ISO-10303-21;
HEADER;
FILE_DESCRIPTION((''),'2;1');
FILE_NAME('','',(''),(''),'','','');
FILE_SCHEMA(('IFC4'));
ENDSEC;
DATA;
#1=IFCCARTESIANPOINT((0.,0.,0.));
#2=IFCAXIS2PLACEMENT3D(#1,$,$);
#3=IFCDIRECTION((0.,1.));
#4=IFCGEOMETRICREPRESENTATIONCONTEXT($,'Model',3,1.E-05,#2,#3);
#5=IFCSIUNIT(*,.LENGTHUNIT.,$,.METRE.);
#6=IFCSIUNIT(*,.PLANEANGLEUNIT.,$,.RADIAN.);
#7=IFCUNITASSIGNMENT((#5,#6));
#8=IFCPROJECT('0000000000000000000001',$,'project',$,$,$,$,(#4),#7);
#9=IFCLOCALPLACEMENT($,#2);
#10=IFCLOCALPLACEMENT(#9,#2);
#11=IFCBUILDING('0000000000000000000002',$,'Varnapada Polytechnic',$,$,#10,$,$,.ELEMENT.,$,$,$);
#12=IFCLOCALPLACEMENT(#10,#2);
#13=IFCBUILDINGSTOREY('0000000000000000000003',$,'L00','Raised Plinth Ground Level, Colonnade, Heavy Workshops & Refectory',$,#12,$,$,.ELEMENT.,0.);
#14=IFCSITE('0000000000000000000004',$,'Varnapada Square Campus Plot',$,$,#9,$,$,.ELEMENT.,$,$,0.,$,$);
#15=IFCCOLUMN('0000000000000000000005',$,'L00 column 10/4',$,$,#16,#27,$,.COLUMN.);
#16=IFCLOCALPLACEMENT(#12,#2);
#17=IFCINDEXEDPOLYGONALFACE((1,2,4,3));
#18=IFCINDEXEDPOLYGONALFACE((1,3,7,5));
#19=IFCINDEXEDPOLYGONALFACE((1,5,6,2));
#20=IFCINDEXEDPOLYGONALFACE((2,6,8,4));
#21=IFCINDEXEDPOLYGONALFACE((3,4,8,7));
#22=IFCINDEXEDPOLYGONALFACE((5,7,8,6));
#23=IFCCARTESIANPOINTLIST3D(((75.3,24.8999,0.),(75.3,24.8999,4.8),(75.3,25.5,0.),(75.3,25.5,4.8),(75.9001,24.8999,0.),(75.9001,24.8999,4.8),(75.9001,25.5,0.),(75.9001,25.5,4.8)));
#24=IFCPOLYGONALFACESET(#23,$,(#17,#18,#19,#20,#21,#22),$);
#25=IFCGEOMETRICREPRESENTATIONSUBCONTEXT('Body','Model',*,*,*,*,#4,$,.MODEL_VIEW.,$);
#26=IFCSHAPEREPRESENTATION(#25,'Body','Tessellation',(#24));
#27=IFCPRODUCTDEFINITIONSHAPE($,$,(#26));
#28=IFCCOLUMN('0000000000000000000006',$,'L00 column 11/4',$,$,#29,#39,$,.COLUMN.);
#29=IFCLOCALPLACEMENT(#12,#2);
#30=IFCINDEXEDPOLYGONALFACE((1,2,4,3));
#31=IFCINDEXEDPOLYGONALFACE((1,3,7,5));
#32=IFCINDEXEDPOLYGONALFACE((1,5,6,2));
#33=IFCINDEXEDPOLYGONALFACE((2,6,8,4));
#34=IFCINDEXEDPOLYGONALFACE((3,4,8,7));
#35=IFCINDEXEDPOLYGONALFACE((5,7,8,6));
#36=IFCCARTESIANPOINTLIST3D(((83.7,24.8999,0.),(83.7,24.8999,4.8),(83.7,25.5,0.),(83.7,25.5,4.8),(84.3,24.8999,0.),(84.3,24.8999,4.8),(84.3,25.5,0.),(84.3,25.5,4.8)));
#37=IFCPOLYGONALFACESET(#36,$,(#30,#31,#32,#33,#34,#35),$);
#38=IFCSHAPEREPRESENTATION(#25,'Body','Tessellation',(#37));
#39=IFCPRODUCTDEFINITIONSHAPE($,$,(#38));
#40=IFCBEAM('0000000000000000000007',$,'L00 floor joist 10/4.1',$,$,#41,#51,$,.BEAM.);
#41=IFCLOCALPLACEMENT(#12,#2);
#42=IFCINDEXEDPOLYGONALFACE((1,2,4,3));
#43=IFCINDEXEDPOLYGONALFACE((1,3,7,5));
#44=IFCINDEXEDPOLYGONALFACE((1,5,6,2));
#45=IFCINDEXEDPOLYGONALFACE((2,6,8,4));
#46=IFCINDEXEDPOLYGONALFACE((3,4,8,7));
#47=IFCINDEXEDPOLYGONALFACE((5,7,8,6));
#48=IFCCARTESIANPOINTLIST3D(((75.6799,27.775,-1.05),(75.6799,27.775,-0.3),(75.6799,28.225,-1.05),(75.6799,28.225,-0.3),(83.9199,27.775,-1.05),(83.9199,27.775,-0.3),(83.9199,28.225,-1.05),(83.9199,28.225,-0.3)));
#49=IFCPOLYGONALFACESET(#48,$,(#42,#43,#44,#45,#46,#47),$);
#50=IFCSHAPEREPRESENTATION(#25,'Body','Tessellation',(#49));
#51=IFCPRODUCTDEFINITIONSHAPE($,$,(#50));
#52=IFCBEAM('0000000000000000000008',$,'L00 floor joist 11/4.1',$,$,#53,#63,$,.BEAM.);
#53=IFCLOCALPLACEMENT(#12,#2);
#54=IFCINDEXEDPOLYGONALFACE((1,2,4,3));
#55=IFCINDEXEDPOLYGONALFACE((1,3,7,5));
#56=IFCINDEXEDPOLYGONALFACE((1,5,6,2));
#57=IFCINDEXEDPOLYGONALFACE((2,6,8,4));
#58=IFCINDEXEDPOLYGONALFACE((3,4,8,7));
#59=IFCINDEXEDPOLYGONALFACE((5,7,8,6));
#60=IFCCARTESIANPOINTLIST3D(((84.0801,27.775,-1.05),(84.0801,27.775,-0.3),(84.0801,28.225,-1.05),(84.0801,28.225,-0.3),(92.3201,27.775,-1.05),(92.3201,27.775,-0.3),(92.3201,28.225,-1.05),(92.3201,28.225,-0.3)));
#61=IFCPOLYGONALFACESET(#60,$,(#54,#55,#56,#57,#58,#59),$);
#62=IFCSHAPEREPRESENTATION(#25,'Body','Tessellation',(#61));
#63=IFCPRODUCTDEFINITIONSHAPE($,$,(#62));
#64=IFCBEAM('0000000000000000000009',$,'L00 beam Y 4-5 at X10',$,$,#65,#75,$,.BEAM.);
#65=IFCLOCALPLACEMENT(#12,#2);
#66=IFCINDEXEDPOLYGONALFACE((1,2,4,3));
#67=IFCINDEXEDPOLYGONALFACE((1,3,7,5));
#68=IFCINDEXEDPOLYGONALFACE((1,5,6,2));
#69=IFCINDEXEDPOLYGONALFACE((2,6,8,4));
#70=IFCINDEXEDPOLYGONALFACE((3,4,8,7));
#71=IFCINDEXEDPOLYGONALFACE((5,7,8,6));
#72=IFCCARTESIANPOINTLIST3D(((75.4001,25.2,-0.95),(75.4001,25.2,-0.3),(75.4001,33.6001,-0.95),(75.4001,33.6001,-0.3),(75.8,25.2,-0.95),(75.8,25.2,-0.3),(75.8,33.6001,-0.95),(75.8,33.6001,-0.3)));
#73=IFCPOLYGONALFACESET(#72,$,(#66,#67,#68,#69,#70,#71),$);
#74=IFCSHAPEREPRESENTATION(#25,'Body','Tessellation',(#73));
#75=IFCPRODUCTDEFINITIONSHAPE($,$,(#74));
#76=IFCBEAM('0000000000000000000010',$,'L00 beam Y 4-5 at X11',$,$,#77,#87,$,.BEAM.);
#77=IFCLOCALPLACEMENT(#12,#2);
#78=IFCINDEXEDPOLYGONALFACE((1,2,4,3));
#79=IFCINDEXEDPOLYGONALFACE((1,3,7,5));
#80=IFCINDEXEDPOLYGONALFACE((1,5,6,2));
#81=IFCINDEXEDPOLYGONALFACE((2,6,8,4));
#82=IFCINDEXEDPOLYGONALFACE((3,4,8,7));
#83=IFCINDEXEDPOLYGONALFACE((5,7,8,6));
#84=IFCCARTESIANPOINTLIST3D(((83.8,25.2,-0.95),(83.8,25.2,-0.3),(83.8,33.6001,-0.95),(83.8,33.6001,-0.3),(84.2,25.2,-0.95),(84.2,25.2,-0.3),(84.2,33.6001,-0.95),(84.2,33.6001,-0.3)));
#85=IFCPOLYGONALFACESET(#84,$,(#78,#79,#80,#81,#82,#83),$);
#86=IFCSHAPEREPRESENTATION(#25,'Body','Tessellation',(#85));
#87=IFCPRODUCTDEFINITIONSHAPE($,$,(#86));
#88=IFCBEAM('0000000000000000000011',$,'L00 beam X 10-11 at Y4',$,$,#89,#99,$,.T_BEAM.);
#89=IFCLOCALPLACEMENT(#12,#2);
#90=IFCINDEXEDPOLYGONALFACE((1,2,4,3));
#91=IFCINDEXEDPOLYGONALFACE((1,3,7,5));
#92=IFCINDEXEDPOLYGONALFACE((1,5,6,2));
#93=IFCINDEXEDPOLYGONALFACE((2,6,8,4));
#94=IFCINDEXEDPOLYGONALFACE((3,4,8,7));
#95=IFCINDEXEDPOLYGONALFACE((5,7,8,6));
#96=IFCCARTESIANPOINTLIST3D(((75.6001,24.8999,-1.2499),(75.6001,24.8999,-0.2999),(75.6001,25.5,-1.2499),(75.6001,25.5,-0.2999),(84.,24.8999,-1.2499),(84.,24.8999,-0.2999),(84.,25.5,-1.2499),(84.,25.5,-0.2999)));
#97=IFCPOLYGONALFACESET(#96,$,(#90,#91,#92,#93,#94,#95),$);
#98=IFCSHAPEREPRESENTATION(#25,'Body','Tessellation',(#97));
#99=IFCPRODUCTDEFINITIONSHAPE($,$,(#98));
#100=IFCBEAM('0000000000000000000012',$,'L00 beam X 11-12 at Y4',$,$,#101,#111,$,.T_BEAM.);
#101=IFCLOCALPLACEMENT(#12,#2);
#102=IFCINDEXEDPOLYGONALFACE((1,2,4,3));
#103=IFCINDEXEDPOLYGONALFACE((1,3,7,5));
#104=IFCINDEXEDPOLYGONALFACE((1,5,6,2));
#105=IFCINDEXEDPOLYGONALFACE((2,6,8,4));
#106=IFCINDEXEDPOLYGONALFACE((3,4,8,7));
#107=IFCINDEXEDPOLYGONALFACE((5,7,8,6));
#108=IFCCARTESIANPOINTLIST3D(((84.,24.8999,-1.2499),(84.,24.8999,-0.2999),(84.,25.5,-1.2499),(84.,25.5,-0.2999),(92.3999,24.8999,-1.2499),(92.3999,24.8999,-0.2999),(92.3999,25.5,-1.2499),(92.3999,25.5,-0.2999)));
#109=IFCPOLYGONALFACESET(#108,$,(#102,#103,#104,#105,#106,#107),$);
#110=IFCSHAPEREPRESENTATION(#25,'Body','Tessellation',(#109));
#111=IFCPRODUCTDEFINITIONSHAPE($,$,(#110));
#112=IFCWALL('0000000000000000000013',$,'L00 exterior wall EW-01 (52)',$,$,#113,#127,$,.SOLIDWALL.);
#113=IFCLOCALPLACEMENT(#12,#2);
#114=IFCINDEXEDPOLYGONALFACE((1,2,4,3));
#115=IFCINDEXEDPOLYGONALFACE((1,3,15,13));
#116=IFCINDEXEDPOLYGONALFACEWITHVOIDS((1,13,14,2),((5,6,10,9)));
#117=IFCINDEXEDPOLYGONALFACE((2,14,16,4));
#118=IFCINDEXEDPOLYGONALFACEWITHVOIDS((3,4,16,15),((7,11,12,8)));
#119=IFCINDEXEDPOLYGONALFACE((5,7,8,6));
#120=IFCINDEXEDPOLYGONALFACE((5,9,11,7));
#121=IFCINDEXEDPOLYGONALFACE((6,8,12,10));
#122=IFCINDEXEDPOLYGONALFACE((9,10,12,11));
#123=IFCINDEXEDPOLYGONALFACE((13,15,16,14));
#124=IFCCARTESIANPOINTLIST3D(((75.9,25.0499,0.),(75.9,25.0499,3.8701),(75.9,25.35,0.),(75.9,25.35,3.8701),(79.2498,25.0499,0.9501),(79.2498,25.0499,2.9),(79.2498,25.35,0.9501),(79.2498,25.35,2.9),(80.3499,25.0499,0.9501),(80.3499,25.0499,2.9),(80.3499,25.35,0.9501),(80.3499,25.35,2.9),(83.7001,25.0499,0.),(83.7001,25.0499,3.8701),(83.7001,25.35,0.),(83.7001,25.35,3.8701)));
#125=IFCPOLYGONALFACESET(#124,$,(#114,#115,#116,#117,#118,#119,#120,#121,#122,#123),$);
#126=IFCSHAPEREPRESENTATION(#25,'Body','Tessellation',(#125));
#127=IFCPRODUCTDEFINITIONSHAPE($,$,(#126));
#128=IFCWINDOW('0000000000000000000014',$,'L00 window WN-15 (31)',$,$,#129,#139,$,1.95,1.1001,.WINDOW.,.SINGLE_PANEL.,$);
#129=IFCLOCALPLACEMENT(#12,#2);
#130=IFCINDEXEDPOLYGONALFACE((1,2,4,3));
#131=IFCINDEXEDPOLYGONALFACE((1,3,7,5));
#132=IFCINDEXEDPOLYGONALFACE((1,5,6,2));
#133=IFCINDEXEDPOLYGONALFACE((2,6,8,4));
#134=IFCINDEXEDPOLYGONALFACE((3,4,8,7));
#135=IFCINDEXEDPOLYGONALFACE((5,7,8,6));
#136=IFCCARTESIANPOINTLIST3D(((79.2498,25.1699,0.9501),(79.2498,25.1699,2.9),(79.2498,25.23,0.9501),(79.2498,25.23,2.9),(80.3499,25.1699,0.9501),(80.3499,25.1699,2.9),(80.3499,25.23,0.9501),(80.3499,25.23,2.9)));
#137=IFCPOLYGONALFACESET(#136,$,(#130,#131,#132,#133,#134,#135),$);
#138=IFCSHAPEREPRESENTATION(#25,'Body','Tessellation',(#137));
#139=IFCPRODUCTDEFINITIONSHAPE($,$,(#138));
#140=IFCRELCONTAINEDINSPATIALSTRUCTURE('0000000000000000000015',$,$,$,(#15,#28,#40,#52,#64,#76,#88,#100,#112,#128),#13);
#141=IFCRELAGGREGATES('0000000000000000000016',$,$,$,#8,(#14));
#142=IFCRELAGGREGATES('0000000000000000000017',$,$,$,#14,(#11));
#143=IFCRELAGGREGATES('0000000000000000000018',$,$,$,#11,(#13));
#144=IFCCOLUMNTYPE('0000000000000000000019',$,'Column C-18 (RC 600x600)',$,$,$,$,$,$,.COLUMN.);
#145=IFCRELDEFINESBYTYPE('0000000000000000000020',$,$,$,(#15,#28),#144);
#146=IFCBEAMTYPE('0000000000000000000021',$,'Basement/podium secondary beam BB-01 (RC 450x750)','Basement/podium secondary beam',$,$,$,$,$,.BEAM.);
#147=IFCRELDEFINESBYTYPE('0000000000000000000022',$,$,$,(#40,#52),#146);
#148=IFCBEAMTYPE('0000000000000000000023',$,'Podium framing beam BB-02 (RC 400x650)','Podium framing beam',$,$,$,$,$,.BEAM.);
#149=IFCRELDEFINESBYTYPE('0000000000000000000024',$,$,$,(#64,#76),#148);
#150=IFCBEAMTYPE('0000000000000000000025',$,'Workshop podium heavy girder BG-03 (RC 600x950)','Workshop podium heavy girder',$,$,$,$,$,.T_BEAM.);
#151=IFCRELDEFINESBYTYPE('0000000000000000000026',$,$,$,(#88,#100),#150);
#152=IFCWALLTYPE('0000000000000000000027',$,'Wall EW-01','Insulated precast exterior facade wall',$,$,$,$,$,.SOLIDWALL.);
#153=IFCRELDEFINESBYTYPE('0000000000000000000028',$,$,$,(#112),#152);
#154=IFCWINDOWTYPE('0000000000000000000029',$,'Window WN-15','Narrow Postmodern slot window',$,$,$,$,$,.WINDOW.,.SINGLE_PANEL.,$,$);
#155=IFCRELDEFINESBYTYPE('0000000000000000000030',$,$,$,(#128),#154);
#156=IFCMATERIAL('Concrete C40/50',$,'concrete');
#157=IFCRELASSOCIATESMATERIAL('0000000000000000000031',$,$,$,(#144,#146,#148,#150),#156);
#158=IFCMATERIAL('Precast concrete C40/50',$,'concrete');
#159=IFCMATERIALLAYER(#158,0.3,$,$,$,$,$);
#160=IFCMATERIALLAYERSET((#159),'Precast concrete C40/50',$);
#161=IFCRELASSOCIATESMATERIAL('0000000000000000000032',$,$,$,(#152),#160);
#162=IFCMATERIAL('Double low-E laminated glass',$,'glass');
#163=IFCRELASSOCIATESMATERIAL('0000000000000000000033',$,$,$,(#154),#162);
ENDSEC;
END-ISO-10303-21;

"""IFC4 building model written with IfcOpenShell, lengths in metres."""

from ifc_helpers import new_model, si_unit, direction, frame, frame_2d, origin, origin_2d, place, context, subcontext, project, spatial, rectangle, extrude, material, layer, layer_set, material_profile, profile_set, type_object, element, fill, save


model = new_model("IFC4")

# Units and contexts
model_context = context("Model", 3, precision=1e-05, world=origin(), true_north=direction((0.0, 1.0)))
body_context = subcontext(model_context, "Body", "Model", "MODEL_VIEW")
ifc_project = project(units=[si_unit("LENGTHUNIT", "METRE"), si_unit("PLANEANGLEUNIT", "RADIAN")], contexts=[model_context])

# Site, building, storey
site_placement = place(None, origin())
site = spatial("IfcSite", under=ifc_project, at=site_placement, Name="Varnapada Square Campus Plot", CompositionType="ELEMENT", RefElevation=0.0)
building_placement = place(site_placement, origin())
building = spatial("IfcBuilding", under=site, at=building_placement, Name="Varnapada Polytechnic", CompositionType="ELEMENT")
storey_placement = place(building_placement, origin())
storey = spatial("IfcBuildingStorey", under=building, at=storey_placement, Name="L00", Description="Raised Plinth Ground Level, Colonnade, Heavy Workshops & Refectory", CompositionType="ELEMENT", Elevation=0.0)

# Columns
ifc_material_1 = material(Name="Concrete C40/50", Category="concrete")
ifc_material_profile_1 = material_profile(ifc_material_1, rectangle(XDim=0.6001, YDim=0.6001, at=origin_2d()), Name="RC 600x600")
ifc_profile_set_1 = profile_set([ifc_material_profile_1], Name="Concrete C40/50")
column_type = type_object("IfcColumnType", Name="Column C-18 (RC 600x600)", PredefinedType="COLUMN", material=ifc_profile_set_1)
for number, where, z_axis, x_axis, name in (
    (1, (75.6001, 25.2, 0.0), (0.0, 0.0, 1.0), (1.0, 0.0, 0.0), "L00 column 10/4"),
    (2, (84.0, 25.2, 0.0), (0.0, 0.0, 1.0), (1.0, 0.0, 0.0), "L00 column 11/4"),
):
    element("IfcColumn", number, at=place(storey_placement, frame(where, z_axis=z_axis, x_axis=x_axis)), inside=storey, type_object=column_type, Name=name, PredefinedType="COLUMN", context=body_context, shape_type="SweptSolid", body=[
        extrude(rectangle(XDim=0.6001, YDim=0.6001, at=origin_2d()), origin(), (0.0, 0.0, 1.0), 4.8),
    ])

# Beams
ifc_material_profile_2 = material_profile(ifc_material_1, rectangle(XDim=0.45, YDim=0.75, at=origin_2d()), Name="RC 450x750")
ifc_profile_set_2 = profile_set([ifc_material_profile_2], Name="Concrete C40/50")
beam_type_1 = type_object("IfcBeamType", Name="Basement/podium secondary beam BB-01 (RC 450x750)", Description="Basement/podium secondary beam", PredefinedType="BEAM", material=ifc_profile_set_2)
for number, where, z_axis, x_axis, name in (
    (3, (75.6799, 28.0, -0.675), (1.0, 0.0, 0.0), (0.0, 1.0, 0.0), "L00 floor joist 10/4.1"),
    (4, (84.0801, 28.0, -0.675), (1.0, 0.0, 0.0), (0.0, 1.0, 0.0), "L00 floor joist 11/4.1"),
):
    element("IfcBeam", number, at=place(storey_placement, frame(where, z_axis=z_axis, x_axis=x_axis)), inside=storey, type_object=beam_type_1, Name=name, PredefinedType="BEAM", context=body_context, shape_type="SweptSolid", body=[
        extrude(rectangle(XDim=0.45, YDim=0.75, at=origin_2d()), origin(), (0.0, 0.0, 1.0), 8.24),
    ])
ifc_material_profile_3 = material_profile(ifc_material_1, rectangle(XDim=0.3999, YDim=0.6499, at=origin_2d()), Name="RC 400x650")
ifc_profile_set_3 = profile_set([ifc_material_profile_3], Name="Concrete C40/50")
beam_type_2 = type_object("IfcBeamType", Name="Podium framing beam BB-02 (RC 400x650)", Description="Podium framing beam", PredefinedType="BEAM", material=ifc_profile_set_3)
for number, where, z_axis, x_axis, name in (
    (5, (75.6001, 25.2, -0.625), (0.0, 1.0, 0.0), (-1.0, 0.0, 0.0), "L00 beam Y 4-5 at X10"),
    (6, (84.0, 25.2, -0.625), (0.0, 1.0, 0.0), (-1.0, 0.0, 0.0), "L00 beam Y 4-5 at X11"),
):
    element("IfcBeam", number, at=place(storey_placement, frame(where, z_axis=z_axis, x_axis=x_axis)), inside=storey, type_object=beam_type_2, Name=name, PredefinedType="BEAM", context=body_context, shape_type="SweptSolid", body=[
        extrude(rectangle(XDim=0.3999, YDim=0.6499, at=origin_2d()), origin(), (0.0, 0.0, 1.0), 8.4001),
    ])
ifc_material_profile_4 = material_profile(ifc_material_1, rectangle(XDim=0.6001, YDim=0.95, at=origin_2d()), Name="RC 600x950")
ifc_profile_set_4 = profile_set([ifc_material_profile_4], Name="Concrete C40/50")
beam_type_3 = type_object("IfcBeamType", Name="Workshop podium heavy girder BG-03 (RC 600x950)", Description="Workshop podium heavy girder", PredefinedType="T_BEAM", material=ifc_profile_set_4)
for number, where, z_axis, x_axis, name in (
    (7, (75.6001, 25.2, -0.7749), (1.0, 0.0, 0.0), (0.0, 1.0, 0.0), "L00 beam X 10-11 at Y4"),
    (8, (84.0, 25.2, -0.7749), (1.0, 0.0, 0.0), (0.0, 1.0, 0.0), "L00 beam X 11-12 at Y4"),
):
    element("IfcBeam", number, at=place(storey_placement, frame(where, z_axis=z_axis, x_axis=x_axis)), inside=storey, type_object=beam_type_3, Name=name, PredefinedType="T_BEAM", context=body_context, shape_type="SweptSolid", body=[
        extrude(rectangle(XDim=0.6001, YDim=0.95, at=origin_2d()), origin(), (0.0, 0.0, 1.0), 8.3999),
    ])

# Wall, opening, window
ifc_material_2 = material(Name="Precast concrete C40/50", Category="concrete")
ifc_layer_1 = layer(ifc_material_2, 0.3)
ifc_layer_set_1 = layer_set([ifc_layer_1], Name="Precast concrete C40/50")
wall_type = type_object("IfcWallType", Name="Wall EW-01", Description="Insulated precast exterior facade wall", PredefinedType="SOLIDWALL", material=ifc_layer_set_1)
wall_placement = place(storey_placement, frame((83.7, 25.2, 0.0), z_axis=(0.0, 0.0, 1.0), x_axis=(-1.0, 0.0, 0.0)))
wall = element("IfcWall", 9, at=wall_placement, inside=storey, type_object=wall_type, Name="L00 exterior wall EW-01 (52)", PredefinedType="SOLIDWALL", context=body_context, shape_type="SweptSolid", body=[
    extrude(rectangle(XDim=7.8, YDim=0.3, at=frame_2d((3.8999, 0.0))), origin(), (0.0, 0.0, 1.0), 3.8701),
])
opening_placement = place(wall_placement, frame((3.3501, 0.0, 0.95)))
opening = element("IfcOpeningElement", 10, at=opening_placement, cuts=wall, PredefinedType="OPENING", context=body_context, shape_type="SweptSolid", body=[
    extrude(rectangle(XDim=1.1001, YDim=1.95, at=frame_2d((0.55, 0.9751))), frame((0.0, 0.1599, 0.0), z_axis=(0.0, -1.0, 0.0), x_axis=(1.0, 0.0, 0.0)), (0.0, 0.0, 1.0), 0.3201),
])
ifc_material_3 = material(Name="Double low-E laminated glass", Category="glass")
window_type = type_object("IfcWindowType", Name="Window WN-15", Description="Narrow Postmodern slot window", PartitioningType="SINGLE_PANEL", PredefinedType="WINDOW", material=ifc_material_3)
window_placement = place(opening_placement, origin())
window = element("IfcWindow", 11, at=window_placement, inside=storey, type_object=window_type, Name="L00 window WN-15 (31)", OverallHeight=1.95, OverallWidth=1.1001, PartitioningType="SINGLE_PANEL", PredefinedType="WINDOW", context=body_context, shape_type="SweptSolid", body=[
    extrude(rectangle(XDim=1.1001, YDim=1.95, at=frame_2d((0.55, 0.9751))), frame((0.0, 0.03, 0.0), z_axis=(0.0, -1.0, 0.0), x_axis=(1.0, 0.0, 0.0)), (0.0, 0.0, 1.0), 0.0601),
])
fill(opening, window)

save(model, "model.ifc")
